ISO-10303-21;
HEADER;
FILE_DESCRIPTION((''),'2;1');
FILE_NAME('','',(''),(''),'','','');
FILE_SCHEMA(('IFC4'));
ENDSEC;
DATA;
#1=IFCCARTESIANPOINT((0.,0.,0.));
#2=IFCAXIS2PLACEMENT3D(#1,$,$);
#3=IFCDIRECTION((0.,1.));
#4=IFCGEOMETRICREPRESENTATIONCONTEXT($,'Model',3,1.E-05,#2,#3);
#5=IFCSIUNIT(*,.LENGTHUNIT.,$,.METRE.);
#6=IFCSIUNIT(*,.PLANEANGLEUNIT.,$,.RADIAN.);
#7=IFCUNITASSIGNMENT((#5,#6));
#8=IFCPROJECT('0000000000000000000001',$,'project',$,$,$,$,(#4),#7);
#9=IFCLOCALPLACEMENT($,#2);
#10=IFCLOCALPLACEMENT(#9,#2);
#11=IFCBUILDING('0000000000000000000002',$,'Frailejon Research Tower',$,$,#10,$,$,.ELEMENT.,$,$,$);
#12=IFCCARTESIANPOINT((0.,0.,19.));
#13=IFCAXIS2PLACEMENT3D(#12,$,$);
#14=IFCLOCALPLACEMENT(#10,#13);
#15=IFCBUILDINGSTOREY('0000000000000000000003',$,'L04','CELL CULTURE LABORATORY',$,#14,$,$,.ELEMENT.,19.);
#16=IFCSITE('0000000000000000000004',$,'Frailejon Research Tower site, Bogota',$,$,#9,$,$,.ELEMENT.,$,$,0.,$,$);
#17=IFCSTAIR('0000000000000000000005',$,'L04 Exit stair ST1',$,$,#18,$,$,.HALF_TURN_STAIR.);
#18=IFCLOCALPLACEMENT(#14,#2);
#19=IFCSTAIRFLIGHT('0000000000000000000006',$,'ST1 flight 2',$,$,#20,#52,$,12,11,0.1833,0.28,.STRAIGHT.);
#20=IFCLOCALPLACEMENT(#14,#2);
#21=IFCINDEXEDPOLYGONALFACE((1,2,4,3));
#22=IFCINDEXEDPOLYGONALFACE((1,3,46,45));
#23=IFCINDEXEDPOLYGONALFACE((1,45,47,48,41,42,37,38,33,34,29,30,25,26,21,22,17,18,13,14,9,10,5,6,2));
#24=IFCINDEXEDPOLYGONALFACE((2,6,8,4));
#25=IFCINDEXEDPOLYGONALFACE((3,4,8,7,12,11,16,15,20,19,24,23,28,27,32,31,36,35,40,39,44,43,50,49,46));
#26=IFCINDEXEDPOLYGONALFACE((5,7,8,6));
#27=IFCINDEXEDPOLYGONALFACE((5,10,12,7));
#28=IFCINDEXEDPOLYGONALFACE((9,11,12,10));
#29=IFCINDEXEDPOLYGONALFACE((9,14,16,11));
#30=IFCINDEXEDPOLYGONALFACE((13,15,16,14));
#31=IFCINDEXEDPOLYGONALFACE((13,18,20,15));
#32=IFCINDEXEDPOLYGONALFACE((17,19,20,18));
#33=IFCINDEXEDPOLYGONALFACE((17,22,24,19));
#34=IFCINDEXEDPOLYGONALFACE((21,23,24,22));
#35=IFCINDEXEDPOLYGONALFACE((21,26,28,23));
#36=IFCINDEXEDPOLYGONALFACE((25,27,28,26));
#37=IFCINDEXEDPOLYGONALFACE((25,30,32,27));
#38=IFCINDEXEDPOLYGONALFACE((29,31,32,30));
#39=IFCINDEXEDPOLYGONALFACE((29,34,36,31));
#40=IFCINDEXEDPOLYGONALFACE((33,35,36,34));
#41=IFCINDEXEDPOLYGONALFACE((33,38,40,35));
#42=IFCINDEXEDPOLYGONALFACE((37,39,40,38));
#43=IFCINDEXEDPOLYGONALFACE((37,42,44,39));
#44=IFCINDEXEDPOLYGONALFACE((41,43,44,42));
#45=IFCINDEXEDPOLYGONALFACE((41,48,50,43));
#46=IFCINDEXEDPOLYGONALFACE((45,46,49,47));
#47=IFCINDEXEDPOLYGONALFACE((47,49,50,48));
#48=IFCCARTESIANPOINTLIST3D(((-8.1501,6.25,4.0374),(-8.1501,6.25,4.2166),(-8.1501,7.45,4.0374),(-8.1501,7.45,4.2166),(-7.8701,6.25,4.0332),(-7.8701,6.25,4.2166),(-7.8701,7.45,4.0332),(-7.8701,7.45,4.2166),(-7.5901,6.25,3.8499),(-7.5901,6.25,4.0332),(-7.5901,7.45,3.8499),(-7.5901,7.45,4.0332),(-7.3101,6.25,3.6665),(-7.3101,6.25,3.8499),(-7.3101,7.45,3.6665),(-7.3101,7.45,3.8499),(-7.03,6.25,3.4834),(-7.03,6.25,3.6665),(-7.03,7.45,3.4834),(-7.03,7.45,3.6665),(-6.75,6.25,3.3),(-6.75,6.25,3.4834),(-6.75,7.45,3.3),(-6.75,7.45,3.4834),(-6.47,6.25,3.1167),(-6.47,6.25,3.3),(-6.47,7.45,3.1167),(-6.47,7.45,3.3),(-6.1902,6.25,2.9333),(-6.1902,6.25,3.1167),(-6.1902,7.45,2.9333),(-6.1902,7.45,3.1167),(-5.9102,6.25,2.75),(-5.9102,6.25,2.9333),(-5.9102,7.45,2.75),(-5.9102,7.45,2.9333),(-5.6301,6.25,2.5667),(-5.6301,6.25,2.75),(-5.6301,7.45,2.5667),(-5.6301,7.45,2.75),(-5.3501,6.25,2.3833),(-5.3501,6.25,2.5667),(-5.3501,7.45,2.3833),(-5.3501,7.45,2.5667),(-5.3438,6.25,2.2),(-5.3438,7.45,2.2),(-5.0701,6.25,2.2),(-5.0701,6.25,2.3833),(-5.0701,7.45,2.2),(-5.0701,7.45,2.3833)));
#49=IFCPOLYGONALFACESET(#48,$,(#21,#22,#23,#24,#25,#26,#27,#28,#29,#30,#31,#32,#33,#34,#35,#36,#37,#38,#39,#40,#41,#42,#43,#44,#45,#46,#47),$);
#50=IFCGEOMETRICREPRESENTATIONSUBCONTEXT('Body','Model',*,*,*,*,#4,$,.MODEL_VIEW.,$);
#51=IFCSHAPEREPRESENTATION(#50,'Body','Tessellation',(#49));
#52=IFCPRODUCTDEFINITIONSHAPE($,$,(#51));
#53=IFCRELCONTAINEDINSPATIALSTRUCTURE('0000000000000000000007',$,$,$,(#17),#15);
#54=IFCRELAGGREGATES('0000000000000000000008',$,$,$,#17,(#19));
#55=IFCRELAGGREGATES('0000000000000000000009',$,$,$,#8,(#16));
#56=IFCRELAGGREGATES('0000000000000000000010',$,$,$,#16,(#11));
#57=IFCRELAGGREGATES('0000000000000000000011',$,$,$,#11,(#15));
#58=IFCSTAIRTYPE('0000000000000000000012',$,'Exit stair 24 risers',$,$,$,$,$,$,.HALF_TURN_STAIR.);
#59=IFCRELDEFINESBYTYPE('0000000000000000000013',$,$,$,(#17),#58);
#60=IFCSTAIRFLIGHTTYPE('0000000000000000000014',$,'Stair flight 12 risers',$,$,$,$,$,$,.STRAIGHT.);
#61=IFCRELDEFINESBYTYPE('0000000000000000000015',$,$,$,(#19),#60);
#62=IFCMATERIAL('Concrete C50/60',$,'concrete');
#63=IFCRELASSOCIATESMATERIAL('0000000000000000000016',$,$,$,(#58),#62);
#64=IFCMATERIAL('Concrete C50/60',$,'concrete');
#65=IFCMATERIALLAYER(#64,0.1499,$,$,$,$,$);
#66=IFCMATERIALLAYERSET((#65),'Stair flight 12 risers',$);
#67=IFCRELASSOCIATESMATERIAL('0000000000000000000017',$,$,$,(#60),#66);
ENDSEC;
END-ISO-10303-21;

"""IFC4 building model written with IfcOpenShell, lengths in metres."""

from ifc_helpers import new_model, si_unit, direction, frame, origin, place, context, subcontext, project, spatial, polyline, outline, extrude, material, layer, layer_set, type_object, element, aggregate, save


model = new_model("IFC4")

# Units and contexts
model_context = context("Model", 3, precision=1e-05, world=origin(), true_north=direction((0.0, 1.0)))
body_context = subcontext(model_context, "Body", "Model", "MODEL_VIEW")
ifc_project = project(units=[si_unit("LENGTHUNIT", "METRE"), si_unit("PLANEANGLEUNIT", "RADIAN")], contexts=[model_context])

# Site, building, storey
site_placement = place(None, origin())
site = spatial("IfcSite", under=ifc_project, at=site_placement, Name="Frailejon Research Tower site, Bogota", CompositionType="ELEMENT", RefElevation=0.0)
building_placement = place(site_placement, origin())
building = spatial("IfcBuilding", under=site, at=building_placement, Name="Frailejon Research Tower", CompositionType="ELEMENT")
storey_placement = place(building_placement, frame((0.0, 0.0, 19.0)))
storey = spatial("IfcBuildingStorey", under=building, at=storey_placement, Name="L04", Description="CELL CULTURE LABORATORY", CompositionType="ELEMENT", Elevation=19.0)

# Stair, stair flight
ifc_material_1 = material(Name="Concrete C50/60", Category="concrete")
stair_type = type_object("IfcStairType", Name="Exit stair 24 risers", PredefinedType="HALF_TURN_STAIR", material=ifc_material_1)
stair_placement = place(storey_placement, origin())
stair = element("IfcStair", 1, at=stair_placement, inside=storey, type_object=stair_type, Name="L04 Exit stair ST1", PredefinedType="HALF_TURN_STAIR")
ifc_material_2 = material(Name="Concrete C50/60", Category="concrete")
ifc_layer_1 = layer(ifc_material_2, 0.1499)
ifc_layer_set_1 = layer_set([ifc_layer_1], Name="Stair flight 12 risers")
stair_flight_type = type_object("IfcStairFlightType", Name="Stair flight 12 risers", PredefinedType="STRAIGHT", material=ifc_layer_set_1)
stair_flight_1_placement = place(storey_placement, frame((-5.0701, 6.8501, 2.2), z_axis=(0.0, 0.0, 1.0), x_axis=(-1.0, 0.0, 0.0)))
stair_flight_1 = element("IfcStairFlight", 2, at=stair_flight_1_placement, type_object=stair_flight_type, Name="ST1 flight 2", NumberOfRisers=12, NumberOfTreads=11, PredefinedType="STRAIGHT", RiserHeight=0.1833, TreadLength=0.28, context=body_context, shape_type="SweptSolid", body=[
    extrude(outline(polyline([(0.0, 0.0), (0.0, 0.1833), (0.28, 0.1833), (0.28, 0.3667), (0.5601, 0.3667), (0.5601, 0.55), (0.8401, 0.55), (0.8401, 0.7334), (1.1201, 0.7334), (1.1201, 0.9167), (1.3999, 0.9167), (1.3999, 1.1001), (1.6799, 1.1001), (1.6799, 1.2834), (1.96, 1.2834), (1.96, 1.4666), (2.24, 1.4666), (2.24, 1.6499), (2.52, 1.6499), (2.52, 1.8333), (2.8, 1.8333), (2.8, 2.0166), (3.0801, 2.0166), (3.0801, 2.2), (3.0801, 1.8374), (0.2737, 0.0), (0.0, 0.0)])), frame((0.0, 0.6001, 0.0), z_axis=(0.0, -1.0, 0.0), x_axis=(1.0, 0.0, 0.0)), (0.0, 0.0, 1.0), 1.2),
])
aggregate(stair, [stair_flight_1])

save(model, "model.ifc")
